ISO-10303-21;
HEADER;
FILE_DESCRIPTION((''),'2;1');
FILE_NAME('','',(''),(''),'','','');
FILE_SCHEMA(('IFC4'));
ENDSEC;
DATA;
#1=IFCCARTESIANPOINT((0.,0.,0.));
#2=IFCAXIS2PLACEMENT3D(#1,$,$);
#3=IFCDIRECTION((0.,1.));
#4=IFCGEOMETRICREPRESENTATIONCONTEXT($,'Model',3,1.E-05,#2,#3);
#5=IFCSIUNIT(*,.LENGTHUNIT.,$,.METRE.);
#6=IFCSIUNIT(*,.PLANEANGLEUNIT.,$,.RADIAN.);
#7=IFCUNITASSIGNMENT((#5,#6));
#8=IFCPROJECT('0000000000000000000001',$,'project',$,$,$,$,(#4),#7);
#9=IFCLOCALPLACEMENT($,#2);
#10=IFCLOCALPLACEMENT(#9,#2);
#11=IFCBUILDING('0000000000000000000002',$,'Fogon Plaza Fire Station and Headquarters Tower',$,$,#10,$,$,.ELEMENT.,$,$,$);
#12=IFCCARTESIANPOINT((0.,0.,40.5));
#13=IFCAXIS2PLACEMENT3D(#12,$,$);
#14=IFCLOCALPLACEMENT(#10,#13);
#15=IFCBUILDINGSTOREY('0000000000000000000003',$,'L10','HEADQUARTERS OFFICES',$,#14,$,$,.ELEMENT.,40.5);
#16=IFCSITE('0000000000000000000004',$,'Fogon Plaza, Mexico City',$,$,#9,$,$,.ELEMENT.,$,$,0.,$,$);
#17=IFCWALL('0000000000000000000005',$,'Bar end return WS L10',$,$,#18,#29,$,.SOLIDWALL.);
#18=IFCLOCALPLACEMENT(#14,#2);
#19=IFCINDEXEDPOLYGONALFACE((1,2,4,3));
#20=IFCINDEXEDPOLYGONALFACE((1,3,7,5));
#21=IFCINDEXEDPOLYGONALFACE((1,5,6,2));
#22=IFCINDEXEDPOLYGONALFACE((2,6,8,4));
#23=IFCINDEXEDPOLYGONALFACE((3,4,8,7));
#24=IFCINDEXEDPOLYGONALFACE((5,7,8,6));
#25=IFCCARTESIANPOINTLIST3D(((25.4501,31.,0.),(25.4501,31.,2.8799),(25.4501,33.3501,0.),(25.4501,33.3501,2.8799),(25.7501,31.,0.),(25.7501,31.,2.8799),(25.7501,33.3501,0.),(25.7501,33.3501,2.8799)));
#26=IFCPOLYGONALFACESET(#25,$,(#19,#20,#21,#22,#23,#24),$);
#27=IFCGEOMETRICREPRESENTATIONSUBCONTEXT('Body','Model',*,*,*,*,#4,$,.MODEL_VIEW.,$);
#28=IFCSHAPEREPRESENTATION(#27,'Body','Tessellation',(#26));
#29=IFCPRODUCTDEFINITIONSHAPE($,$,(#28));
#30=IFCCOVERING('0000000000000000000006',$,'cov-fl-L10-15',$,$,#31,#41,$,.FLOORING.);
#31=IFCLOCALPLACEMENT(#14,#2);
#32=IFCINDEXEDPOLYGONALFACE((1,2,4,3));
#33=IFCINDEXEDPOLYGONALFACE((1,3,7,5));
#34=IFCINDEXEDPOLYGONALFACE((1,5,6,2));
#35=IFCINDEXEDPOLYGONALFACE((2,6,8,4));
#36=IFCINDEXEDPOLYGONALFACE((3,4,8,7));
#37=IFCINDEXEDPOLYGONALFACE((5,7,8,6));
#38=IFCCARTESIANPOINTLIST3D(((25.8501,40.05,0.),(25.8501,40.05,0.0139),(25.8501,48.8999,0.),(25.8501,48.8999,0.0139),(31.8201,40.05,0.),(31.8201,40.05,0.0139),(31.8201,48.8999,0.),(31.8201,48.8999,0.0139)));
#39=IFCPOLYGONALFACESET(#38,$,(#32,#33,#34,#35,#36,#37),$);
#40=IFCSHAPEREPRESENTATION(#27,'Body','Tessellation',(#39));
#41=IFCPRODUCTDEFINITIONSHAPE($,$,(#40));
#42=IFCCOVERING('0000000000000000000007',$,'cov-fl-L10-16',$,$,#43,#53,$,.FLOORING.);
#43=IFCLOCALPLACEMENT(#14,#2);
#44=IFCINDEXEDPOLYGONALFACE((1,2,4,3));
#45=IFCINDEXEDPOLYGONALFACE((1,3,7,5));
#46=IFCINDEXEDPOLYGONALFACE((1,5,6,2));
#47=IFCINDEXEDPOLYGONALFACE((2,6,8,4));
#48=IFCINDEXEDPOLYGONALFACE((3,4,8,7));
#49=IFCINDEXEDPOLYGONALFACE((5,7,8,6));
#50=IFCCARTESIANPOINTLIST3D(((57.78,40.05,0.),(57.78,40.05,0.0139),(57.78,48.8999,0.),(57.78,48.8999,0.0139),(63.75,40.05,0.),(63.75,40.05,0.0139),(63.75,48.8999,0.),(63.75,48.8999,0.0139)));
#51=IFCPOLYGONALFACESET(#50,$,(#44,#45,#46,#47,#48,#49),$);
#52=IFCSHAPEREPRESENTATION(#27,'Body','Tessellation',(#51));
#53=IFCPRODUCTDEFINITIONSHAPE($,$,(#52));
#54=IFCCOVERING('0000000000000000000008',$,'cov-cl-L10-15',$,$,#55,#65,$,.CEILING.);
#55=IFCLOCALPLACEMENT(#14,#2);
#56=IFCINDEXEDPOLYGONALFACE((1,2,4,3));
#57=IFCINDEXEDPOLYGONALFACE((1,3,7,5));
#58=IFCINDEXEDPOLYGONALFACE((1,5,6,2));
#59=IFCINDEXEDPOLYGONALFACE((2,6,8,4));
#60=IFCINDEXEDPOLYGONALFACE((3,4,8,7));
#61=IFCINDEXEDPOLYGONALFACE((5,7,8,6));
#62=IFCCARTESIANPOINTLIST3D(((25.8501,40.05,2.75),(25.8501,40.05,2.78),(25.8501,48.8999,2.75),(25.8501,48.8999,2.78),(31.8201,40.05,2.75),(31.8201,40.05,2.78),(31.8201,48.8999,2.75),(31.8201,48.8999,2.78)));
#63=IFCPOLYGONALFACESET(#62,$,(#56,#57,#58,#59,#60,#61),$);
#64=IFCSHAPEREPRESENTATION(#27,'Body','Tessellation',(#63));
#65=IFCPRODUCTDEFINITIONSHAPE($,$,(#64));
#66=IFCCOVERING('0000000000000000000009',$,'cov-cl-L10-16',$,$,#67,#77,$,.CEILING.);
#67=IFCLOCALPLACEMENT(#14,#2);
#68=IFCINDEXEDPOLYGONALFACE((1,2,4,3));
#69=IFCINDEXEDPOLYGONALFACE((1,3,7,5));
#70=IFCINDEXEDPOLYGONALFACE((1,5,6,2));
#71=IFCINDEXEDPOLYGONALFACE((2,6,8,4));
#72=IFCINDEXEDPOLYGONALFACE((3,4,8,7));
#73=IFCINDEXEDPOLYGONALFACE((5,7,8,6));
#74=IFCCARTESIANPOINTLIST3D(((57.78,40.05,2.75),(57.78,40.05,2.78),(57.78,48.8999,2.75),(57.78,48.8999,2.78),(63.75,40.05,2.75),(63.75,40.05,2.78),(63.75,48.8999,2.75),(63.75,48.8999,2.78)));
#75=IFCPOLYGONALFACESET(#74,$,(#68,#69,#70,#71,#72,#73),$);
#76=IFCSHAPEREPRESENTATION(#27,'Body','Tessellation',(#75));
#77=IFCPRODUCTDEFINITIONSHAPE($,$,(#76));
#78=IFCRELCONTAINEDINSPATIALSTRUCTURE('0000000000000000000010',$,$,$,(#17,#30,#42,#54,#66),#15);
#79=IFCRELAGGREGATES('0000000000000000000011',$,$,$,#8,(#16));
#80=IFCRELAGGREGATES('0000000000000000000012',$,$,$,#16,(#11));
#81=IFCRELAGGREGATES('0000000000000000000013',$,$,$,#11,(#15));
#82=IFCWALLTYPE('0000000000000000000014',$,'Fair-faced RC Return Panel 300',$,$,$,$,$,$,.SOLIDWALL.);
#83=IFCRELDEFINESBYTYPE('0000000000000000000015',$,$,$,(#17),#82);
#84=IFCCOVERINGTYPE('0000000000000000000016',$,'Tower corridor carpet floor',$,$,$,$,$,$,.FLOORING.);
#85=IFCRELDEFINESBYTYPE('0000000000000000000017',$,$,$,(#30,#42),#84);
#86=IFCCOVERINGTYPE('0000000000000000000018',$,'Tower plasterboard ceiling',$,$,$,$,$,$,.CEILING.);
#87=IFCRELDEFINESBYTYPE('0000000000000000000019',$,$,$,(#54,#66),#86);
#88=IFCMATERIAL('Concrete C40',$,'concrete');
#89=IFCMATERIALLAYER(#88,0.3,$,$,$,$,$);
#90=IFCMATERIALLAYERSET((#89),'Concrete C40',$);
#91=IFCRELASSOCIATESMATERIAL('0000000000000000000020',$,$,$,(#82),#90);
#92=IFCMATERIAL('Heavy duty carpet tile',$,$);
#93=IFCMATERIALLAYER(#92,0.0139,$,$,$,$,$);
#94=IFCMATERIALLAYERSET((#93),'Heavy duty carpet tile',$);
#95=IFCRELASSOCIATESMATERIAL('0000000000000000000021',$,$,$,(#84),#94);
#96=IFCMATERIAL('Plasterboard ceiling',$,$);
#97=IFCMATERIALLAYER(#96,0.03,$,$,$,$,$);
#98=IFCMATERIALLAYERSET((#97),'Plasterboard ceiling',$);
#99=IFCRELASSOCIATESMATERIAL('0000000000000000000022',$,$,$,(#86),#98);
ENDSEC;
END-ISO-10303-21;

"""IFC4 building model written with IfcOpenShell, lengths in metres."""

from ifc_helpers import new_model, si_unit, direction, frame, frame_2d, origin, place, context, subcontext, project, spatial, polyline, rectangle, outline, extrude, material, layer, layer_set, type_object, element, save


model = new_model("IFC4")

# Units and contexts
model_context = context("Model", 3, precision=1e-05, world=origin(), true_north=direction((0.0, 1.0)))
body_context = subcontext(model_context, "Body", "Model", "MODEL_VIEW")
ifc_project = project(units=[si_unit("LENGTHUNIT", "METRE"), si_unit("PLANEANGLEUNIT", "RADIAN")], contexts=[model_context])

# Site, building, storey
site_placement = place(None, origin())
site = spatial("IfcSite", under=ifc_project, at=site_placement, Name="Fogon Plaza, Mexico City", CompositionType="ELEMENT", RefElevation=0.0)
building_placement = place(site_placement, origin())
building = spatial("IfcBuilding", under=site, at=building_placement, Name="Fogon Plaza Fire Station and Headquarters Tower", CompositionType="ELEMENT")
storey_placement = place(building_placement, frame((0.0, 0.0, 40.5)))
storey = spatial("IfcBuildingStorey", under=building, at=storey_placement, Name="L10", Description="HEADQUARTERS OFFICES", CompositionType="ELEMENT", Elevation=40.5)

# Wall
ifc_material_1 = material(Name="Concrete C40", Category="concrete")
ifc_layer_1 = layer(ifc_material_1, 0.3)
ifc_layer_set_1 = layer_set([ifc_layer_1], Name="Concrete C40")
wall_type = type_object("IfcWallType", Name="Fair-faced RC Return Panel 300", PredefinedType="SOLIDWALL", material=ifc_layer_set_1)
wall_placement = place(storey_placement, frame((25.6001, 31.0, 0.0), z_axis=(0.0, 0.0, 1.0), x_axis=(0.0, 1.0, 0.0)))
element("IfcWall", 1, at=wall_placement, inside=storey, type_object=wall_type, Name="Bar end return WS L10", PredefinedType="SOLIDWALL", context=body_context, shape_type="SweptSolid", body=[
    extrude(rectangle(XDim=2.3501, YDim=0.3, at=frame_2d((1.175, 0.0))), origin(), (0.0, 0.0, 1.0), 2.8799),
])

# Coverings
ifc_material_2 = material(Name="Heavy duty carpet tile")
ifc_layer_2 = layer(ifc_material_2, 0.0139)
ifc_layer_set_2 = layer_set([ifc_layer_2], Name="Heavy duty carpet tile")
covering_type_1 = type_object("IfcCoveringType", Name="Tower corridor carpet floor", PredefinedType="FLOORING", material=ifc_layer_set_2)
covering_1_placement = place(storey_placement, origin())
element("IfcCovering", 2, at=covering_1_placement, inside=storey, type_object=covering_type_1, Name="cov-fl-L10-15", PredefinedType="FLOORING", context=body_context, shape_type="SweptSolid", body=[
    extrude(outline(polyline([(31.8201, 40.05), (31.8201, 48.8999), (25.8501, 48.8999), (25.8501, 40.05), (31.8201, 40.05)])), origin(), (0.0, 0.0, 1.0), 0.0139),
])
covering_2_placement = place(storey_placement, origin())
element("IfcCovering", 3, at=covering_2_placement, inside=storey, type_object=covering_type_1, Name="cov-fl-L10-16", PredefinedType="FLOORING", context=body_context, shape_type="SweptSolid", body=[
    extrude(outline(polyline([(63.75, 40.05), (63.75, 48.8999), (57.78, 48.8999), (57.78, 40.05), (63.75, 40.05)])), origin(), (0.0, 0.0, 1.0), 0.0139),
])
ifc_material_3 = material(Name="Plasterboard ceiling")
ifc_layer_3 = layer(ifc_material_3, 0.03)
ifc_layer_set_3 = layer_set([ifc_layer_3], Name="Plasterboard ceiling")
covering_type_2 = type_object("IfcCoveringType", Name="Tower plasterboard ceiling", PredefinedType="CEILING", material=ifc_layer_set_3)
covering_3_placement = place(storey_placement, frame((0.0, 0.0, 2.75)))
element("IfcCovering", 4, at=covering_3_placement, inside=storey, type_object=covering_type_2, Name="cov-cl-L10-15", PredefinedType="CEILING", context=body_context, shape_type="SweptSolid", body=[
    extrude(outline(polyline([(31.8201, 40.05), (31.8201, 48.8999), (25.8501, 48.8999), (25.8501, 40.05), (31.8201, 40.05)])), origin(), (0.0, 0.0, 1.0), 0.03),
])
covering_4_placement = place(storey_placement, frame((0.0, 0.0, 2.75)))
element("IfcCovering", 5, at=covering_4_placement, inside=storey, type_object=covering_type_2, Name="cov-cl-L10-16", PredefinedType="CEILING", context=body_context, shape_type="SweptSolid", body=[
    extrude(outline(polyline([(63.75, 40.05), (63.75, 48.8999), (57.78, 48.8999), (57.78, 40.05), (63.75, 40.05)])), origin(), (0.0, 0.0, 1.0), 0.03),
])

save(model, "model.ifc")
